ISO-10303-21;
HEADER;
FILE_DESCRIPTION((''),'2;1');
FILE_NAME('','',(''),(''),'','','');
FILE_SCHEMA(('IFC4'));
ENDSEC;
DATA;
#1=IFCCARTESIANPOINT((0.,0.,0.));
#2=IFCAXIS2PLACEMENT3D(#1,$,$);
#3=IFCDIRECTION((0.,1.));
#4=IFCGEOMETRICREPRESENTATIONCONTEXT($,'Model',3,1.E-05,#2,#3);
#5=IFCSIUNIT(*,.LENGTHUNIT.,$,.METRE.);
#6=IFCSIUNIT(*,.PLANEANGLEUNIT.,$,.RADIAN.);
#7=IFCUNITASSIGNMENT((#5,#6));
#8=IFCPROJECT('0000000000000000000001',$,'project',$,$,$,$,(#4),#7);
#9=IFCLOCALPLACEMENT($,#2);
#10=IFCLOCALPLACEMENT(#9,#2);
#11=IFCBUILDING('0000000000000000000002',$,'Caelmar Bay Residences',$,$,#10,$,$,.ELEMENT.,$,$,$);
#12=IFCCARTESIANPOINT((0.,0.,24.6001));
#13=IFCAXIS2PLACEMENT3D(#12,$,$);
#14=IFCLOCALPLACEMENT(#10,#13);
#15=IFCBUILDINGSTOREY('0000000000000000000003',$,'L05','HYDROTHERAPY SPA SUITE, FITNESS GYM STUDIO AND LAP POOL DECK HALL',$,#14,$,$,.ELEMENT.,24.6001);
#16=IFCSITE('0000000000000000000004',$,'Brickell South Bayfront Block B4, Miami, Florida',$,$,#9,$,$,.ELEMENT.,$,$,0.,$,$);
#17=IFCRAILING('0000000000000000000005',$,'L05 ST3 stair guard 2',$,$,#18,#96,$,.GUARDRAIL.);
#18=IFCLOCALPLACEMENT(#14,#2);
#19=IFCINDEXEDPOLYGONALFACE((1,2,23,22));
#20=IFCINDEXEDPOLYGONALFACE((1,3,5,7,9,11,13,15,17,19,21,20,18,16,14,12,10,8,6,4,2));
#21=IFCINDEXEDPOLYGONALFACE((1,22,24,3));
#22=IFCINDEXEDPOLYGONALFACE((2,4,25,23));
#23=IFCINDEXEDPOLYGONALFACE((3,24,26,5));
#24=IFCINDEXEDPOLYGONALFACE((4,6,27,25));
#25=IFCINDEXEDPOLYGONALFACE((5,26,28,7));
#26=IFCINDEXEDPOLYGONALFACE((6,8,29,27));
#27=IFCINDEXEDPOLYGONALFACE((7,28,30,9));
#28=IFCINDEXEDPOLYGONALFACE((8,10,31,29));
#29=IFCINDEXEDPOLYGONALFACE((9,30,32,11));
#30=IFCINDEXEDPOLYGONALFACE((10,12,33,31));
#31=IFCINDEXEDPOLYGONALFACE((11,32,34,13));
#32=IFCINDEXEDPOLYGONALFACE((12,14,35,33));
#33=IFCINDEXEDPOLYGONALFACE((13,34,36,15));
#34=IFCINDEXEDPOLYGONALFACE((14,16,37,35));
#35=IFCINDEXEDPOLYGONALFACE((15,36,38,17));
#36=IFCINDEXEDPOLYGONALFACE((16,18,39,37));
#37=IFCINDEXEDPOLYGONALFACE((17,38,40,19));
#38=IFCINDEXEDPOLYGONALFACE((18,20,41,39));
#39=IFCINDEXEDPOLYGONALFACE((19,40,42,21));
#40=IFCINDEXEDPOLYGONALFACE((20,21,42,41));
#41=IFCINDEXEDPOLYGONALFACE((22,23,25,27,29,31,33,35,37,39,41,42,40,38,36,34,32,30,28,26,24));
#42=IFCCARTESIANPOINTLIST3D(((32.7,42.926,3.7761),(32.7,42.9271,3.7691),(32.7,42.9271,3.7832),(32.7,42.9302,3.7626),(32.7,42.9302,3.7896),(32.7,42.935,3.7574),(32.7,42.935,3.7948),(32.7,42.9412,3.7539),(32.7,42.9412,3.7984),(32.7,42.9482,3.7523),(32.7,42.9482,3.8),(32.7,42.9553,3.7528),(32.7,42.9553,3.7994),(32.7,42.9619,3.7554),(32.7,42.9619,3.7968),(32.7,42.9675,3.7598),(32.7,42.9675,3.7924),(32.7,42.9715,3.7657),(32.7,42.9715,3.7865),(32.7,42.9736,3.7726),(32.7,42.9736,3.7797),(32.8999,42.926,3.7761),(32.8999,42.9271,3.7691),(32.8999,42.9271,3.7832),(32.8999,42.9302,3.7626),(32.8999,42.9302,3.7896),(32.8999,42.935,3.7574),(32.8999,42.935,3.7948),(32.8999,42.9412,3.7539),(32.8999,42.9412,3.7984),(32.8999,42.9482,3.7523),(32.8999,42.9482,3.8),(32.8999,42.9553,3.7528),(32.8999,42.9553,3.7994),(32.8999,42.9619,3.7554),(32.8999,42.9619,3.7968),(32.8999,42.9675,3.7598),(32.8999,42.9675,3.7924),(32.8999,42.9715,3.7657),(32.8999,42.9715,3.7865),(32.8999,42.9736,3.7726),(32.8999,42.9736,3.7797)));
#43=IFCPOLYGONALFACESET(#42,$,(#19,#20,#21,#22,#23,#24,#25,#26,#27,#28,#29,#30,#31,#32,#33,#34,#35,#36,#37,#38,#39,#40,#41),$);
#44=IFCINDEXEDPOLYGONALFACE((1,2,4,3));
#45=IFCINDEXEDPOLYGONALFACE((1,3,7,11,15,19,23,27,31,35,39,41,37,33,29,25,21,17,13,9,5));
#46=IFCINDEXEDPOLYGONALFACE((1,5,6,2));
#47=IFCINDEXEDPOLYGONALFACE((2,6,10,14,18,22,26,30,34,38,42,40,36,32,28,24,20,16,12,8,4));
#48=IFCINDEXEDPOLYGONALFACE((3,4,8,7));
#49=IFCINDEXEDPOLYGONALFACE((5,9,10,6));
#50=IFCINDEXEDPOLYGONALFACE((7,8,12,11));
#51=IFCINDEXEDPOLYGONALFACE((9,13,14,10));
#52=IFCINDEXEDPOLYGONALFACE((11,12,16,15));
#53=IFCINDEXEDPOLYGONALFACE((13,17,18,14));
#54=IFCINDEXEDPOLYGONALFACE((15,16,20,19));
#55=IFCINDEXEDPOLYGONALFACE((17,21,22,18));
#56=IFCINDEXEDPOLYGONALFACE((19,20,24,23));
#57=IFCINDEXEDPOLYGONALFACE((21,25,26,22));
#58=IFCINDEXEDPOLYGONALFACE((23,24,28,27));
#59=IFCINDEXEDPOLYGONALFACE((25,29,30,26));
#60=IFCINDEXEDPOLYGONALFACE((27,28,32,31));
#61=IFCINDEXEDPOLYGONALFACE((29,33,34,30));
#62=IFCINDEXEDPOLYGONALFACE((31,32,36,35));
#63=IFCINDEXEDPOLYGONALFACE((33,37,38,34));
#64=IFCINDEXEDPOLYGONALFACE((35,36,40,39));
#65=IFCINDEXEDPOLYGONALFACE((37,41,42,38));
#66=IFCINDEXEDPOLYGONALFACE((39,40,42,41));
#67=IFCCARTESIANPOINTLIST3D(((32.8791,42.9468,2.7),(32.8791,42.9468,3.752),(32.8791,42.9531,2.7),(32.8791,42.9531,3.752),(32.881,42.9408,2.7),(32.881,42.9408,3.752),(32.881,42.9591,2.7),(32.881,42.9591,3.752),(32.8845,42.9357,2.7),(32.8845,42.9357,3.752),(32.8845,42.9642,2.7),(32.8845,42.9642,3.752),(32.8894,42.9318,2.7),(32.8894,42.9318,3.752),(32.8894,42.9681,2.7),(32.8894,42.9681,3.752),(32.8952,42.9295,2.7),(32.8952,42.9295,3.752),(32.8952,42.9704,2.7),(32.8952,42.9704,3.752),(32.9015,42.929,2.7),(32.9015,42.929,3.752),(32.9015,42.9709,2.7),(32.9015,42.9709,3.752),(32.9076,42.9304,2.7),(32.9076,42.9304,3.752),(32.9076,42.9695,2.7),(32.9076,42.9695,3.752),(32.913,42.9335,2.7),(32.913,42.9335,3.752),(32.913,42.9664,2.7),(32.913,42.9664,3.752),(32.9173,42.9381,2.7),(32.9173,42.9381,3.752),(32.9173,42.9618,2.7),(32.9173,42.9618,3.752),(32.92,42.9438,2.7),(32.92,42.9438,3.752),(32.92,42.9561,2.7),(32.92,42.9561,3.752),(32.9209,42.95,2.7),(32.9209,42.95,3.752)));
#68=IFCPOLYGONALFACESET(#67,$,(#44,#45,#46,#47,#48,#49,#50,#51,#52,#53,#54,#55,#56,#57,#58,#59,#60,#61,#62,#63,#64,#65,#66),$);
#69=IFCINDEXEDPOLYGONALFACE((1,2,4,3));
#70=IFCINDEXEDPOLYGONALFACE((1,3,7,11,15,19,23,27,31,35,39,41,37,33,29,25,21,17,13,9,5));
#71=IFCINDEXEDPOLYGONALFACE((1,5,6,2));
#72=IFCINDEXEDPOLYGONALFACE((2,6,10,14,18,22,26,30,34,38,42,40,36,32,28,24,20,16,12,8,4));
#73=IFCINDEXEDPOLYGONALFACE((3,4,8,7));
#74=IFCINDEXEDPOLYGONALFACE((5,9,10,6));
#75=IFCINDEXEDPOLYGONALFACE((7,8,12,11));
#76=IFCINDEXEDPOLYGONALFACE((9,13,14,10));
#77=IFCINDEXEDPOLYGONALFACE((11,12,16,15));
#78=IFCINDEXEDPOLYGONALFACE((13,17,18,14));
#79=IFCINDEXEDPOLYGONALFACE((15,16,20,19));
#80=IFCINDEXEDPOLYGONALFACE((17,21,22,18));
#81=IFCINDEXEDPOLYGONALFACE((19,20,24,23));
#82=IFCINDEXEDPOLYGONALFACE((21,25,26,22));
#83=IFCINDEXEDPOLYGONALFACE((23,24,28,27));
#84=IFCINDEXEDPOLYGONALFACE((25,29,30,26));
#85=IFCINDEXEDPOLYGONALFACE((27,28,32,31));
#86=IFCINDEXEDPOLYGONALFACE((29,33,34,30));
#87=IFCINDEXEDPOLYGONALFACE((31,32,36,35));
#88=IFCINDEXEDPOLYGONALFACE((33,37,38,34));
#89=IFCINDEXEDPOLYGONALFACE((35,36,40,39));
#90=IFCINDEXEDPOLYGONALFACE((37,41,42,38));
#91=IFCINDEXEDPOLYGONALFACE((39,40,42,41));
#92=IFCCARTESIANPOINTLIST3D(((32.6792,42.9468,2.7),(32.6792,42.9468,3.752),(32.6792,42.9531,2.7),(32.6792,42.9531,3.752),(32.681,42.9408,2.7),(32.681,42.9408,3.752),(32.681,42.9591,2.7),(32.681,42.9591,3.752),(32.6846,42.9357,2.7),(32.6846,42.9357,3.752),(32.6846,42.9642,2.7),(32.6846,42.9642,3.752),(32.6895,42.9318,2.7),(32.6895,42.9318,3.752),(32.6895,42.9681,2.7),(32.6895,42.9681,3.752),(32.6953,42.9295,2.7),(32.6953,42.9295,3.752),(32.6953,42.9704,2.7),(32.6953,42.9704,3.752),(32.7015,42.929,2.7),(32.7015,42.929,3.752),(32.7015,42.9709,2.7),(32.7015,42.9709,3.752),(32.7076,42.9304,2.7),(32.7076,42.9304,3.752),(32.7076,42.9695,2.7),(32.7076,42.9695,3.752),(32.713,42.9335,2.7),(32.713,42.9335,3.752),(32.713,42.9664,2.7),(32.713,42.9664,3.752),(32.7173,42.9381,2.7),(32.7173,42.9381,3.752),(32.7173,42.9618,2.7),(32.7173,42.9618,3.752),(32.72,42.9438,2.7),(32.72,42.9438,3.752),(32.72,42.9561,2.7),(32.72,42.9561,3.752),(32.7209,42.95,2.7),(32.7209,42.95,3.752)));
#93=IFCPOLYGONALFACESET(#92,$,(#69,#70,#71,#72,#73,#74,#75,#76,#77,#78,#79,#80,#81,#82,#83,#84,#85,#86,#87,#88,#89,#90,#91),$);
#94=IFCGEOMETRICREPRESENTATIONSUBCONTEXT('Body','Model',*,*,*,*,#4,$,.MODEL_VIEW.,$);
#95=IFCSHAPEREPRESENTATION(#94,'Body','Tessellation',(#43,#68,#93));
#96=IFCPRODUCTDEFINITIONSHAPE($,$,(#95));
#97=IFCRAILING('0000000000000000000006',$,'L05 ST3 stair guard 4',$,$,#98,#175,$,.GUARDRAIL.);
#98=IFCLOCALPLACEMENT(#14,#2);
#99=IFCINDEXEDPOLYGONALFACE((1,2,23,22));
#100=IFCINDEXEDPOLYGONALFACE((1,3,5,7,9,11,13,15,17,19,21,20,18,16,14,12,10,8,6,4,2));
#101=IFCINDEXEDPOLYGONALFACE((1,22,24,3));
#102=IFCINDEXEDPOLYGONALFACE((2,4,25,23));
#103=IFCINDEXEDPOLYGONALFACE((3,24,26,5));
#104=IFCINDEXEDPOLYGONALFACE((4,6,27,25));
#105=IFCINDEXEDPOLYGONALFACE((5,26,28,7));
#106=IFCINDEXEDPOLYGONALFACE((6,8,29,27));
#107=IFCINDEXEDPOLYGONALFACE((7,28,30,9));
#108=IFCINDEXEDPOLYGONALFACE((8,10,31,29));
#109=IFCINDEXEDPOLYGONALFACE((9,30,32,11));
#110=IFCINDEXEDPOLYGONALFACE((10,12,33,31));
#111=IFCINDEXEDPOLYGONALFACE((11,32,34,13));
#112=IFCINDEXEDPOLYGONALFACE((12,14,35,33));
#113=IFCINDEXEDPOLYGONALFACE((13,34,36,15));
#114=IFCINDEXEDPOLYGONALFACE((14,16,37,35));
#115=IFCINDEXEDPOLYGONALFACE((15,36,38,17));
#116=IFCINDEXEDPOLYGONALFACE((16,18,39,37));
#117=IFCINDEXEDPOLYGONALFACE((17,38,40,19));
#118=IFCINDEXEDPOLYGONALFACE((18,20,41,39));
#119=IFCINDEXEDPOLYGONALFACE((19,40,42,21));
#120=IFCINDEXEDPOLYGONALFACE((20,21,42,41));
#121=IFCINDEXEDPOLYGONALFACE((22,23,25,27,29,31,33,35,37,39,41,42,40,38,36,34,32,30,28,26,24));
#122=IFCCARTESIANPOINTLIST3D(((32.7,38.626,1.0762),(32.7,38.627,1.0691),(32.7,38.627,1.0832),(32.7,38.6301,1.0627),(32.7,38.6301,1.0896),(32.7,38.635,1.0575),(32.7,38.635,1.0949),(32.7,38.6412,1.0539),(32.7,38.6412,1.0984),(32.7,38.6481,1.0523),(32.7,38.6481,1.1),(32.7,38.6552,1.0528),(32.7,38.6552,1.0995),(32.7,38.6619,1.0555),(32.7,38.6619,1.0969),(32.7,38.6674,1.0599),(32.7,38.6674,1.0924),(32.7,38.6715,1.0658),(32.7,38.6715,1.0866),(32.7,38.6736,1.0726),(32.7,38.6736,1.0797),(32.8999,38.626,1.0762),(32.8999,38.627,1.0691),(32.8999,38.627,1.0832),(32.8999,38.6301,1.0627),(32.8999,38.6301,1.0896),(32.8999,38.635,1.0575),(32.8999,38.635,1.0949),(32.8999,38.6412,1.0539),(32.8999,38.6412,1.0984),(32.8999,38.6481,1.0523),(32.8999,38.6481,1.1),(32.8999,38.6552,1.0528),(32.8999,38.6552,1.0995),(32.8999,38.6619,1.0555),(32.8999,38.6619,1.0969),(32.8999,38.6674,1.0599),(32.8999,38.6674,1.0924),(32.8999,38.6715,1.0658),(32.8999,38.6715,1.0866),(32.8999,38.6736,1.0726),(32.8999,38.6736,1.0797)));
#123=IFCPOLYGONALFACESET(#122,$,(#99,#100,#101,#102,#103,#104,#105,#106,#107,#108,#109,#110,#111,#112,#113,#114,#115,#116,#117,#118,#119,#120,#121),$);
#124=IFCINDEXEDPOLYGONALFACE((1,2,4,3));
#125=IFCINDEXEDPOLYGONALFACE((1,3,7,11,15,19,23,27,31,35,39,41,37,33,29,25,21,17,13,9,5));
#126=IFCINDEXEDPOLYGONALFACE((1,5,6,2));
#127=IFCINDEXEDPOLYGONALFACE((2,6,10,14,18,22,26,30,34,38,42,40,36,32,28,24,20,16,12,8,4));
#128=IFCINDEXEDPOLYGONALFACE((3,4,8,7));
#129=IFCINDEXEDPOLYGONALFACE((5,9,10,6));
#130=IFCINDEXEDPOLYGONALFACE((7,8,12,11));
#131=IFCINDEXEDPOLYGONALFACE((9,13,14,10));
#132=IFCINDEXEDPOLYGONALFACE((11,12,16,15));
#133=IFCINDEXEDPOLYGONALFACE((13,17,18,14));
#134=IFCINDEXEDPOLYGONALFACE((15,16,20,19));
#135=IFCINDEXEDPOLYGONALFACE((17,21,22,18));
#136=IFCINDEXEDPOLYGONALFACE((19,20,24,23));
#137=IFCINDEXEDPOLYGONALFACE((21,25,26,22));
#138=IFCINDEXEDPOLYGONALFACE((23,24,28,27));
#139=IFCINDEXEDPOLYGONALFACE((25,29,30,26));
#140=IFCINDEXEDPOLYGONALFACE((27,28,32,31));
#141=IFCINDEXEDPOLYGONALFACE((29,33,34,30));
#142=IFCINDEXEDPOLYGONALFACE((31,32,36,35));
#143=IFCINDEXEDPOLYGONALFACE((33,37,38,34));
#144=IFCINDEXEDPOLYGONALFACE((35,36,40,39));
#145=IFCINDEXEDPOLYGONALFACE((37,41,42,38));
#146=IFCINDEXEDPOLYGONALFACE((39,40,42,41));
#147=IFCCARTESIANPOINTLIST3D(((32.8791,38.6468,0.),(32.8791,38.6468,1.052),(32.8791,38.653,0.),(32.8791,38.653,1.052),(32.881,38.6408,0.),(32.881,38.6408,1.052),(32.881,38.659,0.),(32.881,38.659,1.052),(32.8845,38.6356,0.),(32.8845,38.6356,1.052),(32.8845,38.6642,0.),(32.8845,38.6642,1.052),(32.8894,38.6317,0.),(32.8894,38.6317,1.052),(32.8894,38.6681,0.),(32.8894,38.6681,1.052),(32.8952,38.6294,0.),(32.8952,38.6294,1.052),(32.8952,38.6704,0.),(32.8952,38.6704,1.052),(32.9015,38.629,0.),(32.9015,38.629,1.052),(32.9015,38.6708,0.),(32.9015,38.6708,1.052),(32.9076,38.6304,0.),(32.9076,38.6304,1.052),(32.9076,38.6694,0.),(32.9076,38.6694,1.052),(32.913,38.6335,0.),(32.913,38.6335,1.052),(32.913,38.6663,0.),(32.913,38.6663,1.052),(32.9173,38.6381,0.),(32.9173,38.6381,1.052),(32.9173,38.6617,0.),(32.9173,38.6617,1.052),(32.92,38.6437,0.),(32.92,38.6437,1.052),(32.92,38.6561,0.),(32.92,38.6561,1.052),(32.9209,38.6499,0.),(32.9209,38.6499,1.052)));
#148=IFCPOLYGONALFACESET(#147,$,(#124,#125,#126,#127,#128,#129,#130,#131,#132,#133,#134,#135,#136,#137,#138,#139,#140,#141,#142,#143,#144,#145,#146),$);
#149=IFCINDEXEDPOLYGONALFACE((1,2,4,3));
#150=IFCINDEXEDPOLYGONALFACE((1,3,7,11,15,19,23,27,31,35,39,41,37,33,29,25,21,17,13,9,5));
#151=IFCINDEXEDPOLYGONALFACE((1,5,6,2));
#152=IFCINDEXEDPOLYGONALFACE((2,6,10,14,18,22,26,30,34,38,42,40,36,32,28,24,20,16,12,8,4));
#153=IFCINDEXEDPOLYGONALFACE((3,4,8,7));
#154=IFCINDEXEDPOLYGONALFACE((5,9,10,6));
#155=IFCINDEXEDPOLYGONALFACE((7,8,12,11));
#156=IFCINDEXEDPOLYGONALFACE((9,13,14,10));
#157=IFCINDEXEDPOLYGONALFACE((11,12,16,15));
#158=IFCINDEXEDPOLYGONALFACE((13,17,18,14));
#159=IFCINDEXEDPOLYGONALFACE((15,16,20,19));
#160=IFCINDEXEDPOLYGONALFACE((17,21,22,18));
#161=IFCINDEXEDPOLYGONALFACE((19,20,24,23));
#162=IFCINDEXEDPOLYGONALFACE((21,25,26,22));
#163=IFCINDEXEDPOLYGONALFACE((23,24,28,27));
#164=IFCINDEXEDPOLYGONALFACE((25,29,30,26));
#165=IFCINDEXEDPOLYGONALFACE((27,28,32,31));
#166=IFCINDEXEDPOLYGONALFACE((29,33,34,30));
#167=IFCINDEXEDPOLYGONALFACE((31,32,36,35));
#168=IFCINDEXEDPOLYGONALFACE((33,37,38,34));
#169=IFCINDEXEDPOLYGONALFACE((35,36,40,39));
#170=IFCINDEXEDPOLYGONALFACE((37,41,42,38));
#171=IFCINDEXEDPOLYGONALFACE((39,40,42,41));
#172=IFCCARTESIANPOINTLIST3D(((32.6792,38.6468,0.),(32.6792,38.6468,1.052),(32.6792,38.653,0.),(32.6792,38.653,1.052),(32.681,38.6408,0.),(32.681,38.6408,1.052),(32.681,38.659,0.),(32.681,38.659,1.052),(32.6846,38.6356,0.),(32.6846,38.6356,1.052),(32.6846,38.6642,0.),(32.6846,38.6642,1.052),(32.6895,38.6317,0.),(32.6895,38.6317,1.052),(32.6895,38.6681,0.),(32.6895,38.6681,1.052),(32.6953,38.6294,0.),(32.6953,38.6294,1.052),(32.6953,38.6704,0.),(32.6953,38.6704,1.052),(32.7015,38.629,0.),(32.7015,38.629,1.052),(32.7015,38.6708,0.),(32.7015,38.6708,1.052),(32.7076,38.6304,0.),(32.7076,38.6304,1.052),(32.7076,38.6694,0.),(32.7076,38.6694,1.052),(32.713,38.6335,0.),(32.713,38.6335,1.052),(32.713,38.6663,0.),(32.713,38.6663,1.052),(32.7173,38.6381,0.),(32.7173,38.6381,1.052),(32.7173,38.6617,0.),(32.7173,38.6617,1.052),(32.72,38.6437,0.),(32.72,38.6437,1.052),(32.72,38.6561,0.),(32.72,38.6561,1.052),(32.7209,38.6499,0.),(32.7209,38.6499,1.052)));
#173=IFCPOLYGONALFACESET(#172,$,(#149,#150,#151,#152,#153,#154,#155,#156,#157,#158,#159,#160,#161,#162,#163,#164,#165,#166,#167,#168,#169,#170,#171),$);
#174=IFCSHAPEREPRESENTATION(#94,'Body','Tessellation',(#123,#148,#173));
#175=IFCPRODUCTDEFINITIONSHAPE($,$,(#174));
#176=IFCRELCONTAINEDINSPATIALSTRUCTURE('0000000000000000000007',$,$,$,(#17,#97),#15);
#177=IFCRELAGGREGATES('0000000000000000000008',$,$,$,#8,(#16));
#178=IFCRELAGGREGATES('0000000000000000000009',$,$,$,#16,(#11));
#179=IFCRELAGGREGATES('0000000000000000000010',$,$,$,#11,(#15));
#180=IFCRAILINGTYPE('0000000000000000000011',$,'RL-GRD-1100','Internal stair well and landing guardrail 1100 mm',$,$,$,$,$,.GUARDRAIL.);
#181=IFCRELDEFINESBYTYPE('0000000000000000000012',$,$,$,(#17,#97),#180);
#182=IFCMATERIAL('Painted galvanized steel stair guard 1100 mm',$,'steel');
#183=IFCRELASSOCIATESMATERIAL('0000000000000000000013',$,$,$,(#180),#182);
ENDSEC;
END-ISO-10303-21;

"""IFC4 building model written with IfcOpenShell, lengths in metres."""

from ifc_helpers import new_model, si_unit, direction, frame, origin, origin_2d, place, context, subcontext, project, spatial, circle, extrude, material, type_object, element, save


model = new_model("IFC4")

# Units and contexts
model_context = context("Model", 3, precision=1e-05, world=origin(), true_north=direction((0.0, 1.0)))
body_context = subcontext(model_context, "Body", "Model", "MODEL_VIEW")
ifc_project = project(units=[si_unit("LENGTHUNIT", "METRE"), si_unit("PLANEANGLEUNIT", "RADIAN")], contexts=[model_context])

# Site, building, storey
site_placement = place(None, origin())
site = spatial("IfcSite", under=ifc_project, at=site_placement, Name="Brickell South Bayfront Block B4, Miami, Florida", CompositionType="ELEMENT", RefElevation=0.0)
building_placement = place(site_placement, origin())
building = spatial("IfcBuilding", under=site, at=building_placement, Name="Caelmar Bay Residences", CompositionType="ELEMENT")
storey_placement = place(building_placement, frame((0.0, 0.0, 24.6001)))
storey = spatial("IfcBuildingStorey", under=building, at=storey_placement, Name="L05", Description="HYDROTHERAPY SPA SUITE, FITNESS GYM STUDIO AND LAP POOL DECK HALL", CompositionType="ELEMENT", Elevation=24.6001)

# Railings
ifc_material_1 = material(Name="Painted galvanized steel stair guard 1100 mm", Category="steel")
railing_type_1 = type_object("IfcRailingType", Name="RL-GRD-1100", Description="Internal stair well and landing guardrail 1100 mm", PredefinedType="GUARDRAIL", material=ifc_material_1)
for number, where, name in (
    (1, (32.8999, 42.95, 2.7), "L05 ST3 stair guard 2"),
    (2, (32.8999, 38.6499, 0.0), "L05 ST3 stair guard 4"),
):
    element("IfcRailing", number, at=place(storey_placement, frame(where)), inside=storey, type_object=railing_type_1, Name=name, PredefinedType="GUARDRAIL", context=body_context, shape_type="SweptSolid", body=[
        extrude(circle(Radius=0.0239, at=origin_2d()), frame((0.0, 0.0, 1.0762), z_axis=(-1.0, 0.0, 0.0), x_axis=(0.0, -1.0, 0.0)), (0.0, 0.0, 1.0), 0.2),
        extrude(circle(Radius=0.021, at=origin_2d()), origin(), (0.0, 0.0, 1.0), 1.052),
        extrude(circle(Radius=0.021, at=origin_2d()), frame((-0.2, 0.0, 0.0)), (0.0, 0.0, 1.0), 1.052),
    ])

save(model, "model.ifc")
